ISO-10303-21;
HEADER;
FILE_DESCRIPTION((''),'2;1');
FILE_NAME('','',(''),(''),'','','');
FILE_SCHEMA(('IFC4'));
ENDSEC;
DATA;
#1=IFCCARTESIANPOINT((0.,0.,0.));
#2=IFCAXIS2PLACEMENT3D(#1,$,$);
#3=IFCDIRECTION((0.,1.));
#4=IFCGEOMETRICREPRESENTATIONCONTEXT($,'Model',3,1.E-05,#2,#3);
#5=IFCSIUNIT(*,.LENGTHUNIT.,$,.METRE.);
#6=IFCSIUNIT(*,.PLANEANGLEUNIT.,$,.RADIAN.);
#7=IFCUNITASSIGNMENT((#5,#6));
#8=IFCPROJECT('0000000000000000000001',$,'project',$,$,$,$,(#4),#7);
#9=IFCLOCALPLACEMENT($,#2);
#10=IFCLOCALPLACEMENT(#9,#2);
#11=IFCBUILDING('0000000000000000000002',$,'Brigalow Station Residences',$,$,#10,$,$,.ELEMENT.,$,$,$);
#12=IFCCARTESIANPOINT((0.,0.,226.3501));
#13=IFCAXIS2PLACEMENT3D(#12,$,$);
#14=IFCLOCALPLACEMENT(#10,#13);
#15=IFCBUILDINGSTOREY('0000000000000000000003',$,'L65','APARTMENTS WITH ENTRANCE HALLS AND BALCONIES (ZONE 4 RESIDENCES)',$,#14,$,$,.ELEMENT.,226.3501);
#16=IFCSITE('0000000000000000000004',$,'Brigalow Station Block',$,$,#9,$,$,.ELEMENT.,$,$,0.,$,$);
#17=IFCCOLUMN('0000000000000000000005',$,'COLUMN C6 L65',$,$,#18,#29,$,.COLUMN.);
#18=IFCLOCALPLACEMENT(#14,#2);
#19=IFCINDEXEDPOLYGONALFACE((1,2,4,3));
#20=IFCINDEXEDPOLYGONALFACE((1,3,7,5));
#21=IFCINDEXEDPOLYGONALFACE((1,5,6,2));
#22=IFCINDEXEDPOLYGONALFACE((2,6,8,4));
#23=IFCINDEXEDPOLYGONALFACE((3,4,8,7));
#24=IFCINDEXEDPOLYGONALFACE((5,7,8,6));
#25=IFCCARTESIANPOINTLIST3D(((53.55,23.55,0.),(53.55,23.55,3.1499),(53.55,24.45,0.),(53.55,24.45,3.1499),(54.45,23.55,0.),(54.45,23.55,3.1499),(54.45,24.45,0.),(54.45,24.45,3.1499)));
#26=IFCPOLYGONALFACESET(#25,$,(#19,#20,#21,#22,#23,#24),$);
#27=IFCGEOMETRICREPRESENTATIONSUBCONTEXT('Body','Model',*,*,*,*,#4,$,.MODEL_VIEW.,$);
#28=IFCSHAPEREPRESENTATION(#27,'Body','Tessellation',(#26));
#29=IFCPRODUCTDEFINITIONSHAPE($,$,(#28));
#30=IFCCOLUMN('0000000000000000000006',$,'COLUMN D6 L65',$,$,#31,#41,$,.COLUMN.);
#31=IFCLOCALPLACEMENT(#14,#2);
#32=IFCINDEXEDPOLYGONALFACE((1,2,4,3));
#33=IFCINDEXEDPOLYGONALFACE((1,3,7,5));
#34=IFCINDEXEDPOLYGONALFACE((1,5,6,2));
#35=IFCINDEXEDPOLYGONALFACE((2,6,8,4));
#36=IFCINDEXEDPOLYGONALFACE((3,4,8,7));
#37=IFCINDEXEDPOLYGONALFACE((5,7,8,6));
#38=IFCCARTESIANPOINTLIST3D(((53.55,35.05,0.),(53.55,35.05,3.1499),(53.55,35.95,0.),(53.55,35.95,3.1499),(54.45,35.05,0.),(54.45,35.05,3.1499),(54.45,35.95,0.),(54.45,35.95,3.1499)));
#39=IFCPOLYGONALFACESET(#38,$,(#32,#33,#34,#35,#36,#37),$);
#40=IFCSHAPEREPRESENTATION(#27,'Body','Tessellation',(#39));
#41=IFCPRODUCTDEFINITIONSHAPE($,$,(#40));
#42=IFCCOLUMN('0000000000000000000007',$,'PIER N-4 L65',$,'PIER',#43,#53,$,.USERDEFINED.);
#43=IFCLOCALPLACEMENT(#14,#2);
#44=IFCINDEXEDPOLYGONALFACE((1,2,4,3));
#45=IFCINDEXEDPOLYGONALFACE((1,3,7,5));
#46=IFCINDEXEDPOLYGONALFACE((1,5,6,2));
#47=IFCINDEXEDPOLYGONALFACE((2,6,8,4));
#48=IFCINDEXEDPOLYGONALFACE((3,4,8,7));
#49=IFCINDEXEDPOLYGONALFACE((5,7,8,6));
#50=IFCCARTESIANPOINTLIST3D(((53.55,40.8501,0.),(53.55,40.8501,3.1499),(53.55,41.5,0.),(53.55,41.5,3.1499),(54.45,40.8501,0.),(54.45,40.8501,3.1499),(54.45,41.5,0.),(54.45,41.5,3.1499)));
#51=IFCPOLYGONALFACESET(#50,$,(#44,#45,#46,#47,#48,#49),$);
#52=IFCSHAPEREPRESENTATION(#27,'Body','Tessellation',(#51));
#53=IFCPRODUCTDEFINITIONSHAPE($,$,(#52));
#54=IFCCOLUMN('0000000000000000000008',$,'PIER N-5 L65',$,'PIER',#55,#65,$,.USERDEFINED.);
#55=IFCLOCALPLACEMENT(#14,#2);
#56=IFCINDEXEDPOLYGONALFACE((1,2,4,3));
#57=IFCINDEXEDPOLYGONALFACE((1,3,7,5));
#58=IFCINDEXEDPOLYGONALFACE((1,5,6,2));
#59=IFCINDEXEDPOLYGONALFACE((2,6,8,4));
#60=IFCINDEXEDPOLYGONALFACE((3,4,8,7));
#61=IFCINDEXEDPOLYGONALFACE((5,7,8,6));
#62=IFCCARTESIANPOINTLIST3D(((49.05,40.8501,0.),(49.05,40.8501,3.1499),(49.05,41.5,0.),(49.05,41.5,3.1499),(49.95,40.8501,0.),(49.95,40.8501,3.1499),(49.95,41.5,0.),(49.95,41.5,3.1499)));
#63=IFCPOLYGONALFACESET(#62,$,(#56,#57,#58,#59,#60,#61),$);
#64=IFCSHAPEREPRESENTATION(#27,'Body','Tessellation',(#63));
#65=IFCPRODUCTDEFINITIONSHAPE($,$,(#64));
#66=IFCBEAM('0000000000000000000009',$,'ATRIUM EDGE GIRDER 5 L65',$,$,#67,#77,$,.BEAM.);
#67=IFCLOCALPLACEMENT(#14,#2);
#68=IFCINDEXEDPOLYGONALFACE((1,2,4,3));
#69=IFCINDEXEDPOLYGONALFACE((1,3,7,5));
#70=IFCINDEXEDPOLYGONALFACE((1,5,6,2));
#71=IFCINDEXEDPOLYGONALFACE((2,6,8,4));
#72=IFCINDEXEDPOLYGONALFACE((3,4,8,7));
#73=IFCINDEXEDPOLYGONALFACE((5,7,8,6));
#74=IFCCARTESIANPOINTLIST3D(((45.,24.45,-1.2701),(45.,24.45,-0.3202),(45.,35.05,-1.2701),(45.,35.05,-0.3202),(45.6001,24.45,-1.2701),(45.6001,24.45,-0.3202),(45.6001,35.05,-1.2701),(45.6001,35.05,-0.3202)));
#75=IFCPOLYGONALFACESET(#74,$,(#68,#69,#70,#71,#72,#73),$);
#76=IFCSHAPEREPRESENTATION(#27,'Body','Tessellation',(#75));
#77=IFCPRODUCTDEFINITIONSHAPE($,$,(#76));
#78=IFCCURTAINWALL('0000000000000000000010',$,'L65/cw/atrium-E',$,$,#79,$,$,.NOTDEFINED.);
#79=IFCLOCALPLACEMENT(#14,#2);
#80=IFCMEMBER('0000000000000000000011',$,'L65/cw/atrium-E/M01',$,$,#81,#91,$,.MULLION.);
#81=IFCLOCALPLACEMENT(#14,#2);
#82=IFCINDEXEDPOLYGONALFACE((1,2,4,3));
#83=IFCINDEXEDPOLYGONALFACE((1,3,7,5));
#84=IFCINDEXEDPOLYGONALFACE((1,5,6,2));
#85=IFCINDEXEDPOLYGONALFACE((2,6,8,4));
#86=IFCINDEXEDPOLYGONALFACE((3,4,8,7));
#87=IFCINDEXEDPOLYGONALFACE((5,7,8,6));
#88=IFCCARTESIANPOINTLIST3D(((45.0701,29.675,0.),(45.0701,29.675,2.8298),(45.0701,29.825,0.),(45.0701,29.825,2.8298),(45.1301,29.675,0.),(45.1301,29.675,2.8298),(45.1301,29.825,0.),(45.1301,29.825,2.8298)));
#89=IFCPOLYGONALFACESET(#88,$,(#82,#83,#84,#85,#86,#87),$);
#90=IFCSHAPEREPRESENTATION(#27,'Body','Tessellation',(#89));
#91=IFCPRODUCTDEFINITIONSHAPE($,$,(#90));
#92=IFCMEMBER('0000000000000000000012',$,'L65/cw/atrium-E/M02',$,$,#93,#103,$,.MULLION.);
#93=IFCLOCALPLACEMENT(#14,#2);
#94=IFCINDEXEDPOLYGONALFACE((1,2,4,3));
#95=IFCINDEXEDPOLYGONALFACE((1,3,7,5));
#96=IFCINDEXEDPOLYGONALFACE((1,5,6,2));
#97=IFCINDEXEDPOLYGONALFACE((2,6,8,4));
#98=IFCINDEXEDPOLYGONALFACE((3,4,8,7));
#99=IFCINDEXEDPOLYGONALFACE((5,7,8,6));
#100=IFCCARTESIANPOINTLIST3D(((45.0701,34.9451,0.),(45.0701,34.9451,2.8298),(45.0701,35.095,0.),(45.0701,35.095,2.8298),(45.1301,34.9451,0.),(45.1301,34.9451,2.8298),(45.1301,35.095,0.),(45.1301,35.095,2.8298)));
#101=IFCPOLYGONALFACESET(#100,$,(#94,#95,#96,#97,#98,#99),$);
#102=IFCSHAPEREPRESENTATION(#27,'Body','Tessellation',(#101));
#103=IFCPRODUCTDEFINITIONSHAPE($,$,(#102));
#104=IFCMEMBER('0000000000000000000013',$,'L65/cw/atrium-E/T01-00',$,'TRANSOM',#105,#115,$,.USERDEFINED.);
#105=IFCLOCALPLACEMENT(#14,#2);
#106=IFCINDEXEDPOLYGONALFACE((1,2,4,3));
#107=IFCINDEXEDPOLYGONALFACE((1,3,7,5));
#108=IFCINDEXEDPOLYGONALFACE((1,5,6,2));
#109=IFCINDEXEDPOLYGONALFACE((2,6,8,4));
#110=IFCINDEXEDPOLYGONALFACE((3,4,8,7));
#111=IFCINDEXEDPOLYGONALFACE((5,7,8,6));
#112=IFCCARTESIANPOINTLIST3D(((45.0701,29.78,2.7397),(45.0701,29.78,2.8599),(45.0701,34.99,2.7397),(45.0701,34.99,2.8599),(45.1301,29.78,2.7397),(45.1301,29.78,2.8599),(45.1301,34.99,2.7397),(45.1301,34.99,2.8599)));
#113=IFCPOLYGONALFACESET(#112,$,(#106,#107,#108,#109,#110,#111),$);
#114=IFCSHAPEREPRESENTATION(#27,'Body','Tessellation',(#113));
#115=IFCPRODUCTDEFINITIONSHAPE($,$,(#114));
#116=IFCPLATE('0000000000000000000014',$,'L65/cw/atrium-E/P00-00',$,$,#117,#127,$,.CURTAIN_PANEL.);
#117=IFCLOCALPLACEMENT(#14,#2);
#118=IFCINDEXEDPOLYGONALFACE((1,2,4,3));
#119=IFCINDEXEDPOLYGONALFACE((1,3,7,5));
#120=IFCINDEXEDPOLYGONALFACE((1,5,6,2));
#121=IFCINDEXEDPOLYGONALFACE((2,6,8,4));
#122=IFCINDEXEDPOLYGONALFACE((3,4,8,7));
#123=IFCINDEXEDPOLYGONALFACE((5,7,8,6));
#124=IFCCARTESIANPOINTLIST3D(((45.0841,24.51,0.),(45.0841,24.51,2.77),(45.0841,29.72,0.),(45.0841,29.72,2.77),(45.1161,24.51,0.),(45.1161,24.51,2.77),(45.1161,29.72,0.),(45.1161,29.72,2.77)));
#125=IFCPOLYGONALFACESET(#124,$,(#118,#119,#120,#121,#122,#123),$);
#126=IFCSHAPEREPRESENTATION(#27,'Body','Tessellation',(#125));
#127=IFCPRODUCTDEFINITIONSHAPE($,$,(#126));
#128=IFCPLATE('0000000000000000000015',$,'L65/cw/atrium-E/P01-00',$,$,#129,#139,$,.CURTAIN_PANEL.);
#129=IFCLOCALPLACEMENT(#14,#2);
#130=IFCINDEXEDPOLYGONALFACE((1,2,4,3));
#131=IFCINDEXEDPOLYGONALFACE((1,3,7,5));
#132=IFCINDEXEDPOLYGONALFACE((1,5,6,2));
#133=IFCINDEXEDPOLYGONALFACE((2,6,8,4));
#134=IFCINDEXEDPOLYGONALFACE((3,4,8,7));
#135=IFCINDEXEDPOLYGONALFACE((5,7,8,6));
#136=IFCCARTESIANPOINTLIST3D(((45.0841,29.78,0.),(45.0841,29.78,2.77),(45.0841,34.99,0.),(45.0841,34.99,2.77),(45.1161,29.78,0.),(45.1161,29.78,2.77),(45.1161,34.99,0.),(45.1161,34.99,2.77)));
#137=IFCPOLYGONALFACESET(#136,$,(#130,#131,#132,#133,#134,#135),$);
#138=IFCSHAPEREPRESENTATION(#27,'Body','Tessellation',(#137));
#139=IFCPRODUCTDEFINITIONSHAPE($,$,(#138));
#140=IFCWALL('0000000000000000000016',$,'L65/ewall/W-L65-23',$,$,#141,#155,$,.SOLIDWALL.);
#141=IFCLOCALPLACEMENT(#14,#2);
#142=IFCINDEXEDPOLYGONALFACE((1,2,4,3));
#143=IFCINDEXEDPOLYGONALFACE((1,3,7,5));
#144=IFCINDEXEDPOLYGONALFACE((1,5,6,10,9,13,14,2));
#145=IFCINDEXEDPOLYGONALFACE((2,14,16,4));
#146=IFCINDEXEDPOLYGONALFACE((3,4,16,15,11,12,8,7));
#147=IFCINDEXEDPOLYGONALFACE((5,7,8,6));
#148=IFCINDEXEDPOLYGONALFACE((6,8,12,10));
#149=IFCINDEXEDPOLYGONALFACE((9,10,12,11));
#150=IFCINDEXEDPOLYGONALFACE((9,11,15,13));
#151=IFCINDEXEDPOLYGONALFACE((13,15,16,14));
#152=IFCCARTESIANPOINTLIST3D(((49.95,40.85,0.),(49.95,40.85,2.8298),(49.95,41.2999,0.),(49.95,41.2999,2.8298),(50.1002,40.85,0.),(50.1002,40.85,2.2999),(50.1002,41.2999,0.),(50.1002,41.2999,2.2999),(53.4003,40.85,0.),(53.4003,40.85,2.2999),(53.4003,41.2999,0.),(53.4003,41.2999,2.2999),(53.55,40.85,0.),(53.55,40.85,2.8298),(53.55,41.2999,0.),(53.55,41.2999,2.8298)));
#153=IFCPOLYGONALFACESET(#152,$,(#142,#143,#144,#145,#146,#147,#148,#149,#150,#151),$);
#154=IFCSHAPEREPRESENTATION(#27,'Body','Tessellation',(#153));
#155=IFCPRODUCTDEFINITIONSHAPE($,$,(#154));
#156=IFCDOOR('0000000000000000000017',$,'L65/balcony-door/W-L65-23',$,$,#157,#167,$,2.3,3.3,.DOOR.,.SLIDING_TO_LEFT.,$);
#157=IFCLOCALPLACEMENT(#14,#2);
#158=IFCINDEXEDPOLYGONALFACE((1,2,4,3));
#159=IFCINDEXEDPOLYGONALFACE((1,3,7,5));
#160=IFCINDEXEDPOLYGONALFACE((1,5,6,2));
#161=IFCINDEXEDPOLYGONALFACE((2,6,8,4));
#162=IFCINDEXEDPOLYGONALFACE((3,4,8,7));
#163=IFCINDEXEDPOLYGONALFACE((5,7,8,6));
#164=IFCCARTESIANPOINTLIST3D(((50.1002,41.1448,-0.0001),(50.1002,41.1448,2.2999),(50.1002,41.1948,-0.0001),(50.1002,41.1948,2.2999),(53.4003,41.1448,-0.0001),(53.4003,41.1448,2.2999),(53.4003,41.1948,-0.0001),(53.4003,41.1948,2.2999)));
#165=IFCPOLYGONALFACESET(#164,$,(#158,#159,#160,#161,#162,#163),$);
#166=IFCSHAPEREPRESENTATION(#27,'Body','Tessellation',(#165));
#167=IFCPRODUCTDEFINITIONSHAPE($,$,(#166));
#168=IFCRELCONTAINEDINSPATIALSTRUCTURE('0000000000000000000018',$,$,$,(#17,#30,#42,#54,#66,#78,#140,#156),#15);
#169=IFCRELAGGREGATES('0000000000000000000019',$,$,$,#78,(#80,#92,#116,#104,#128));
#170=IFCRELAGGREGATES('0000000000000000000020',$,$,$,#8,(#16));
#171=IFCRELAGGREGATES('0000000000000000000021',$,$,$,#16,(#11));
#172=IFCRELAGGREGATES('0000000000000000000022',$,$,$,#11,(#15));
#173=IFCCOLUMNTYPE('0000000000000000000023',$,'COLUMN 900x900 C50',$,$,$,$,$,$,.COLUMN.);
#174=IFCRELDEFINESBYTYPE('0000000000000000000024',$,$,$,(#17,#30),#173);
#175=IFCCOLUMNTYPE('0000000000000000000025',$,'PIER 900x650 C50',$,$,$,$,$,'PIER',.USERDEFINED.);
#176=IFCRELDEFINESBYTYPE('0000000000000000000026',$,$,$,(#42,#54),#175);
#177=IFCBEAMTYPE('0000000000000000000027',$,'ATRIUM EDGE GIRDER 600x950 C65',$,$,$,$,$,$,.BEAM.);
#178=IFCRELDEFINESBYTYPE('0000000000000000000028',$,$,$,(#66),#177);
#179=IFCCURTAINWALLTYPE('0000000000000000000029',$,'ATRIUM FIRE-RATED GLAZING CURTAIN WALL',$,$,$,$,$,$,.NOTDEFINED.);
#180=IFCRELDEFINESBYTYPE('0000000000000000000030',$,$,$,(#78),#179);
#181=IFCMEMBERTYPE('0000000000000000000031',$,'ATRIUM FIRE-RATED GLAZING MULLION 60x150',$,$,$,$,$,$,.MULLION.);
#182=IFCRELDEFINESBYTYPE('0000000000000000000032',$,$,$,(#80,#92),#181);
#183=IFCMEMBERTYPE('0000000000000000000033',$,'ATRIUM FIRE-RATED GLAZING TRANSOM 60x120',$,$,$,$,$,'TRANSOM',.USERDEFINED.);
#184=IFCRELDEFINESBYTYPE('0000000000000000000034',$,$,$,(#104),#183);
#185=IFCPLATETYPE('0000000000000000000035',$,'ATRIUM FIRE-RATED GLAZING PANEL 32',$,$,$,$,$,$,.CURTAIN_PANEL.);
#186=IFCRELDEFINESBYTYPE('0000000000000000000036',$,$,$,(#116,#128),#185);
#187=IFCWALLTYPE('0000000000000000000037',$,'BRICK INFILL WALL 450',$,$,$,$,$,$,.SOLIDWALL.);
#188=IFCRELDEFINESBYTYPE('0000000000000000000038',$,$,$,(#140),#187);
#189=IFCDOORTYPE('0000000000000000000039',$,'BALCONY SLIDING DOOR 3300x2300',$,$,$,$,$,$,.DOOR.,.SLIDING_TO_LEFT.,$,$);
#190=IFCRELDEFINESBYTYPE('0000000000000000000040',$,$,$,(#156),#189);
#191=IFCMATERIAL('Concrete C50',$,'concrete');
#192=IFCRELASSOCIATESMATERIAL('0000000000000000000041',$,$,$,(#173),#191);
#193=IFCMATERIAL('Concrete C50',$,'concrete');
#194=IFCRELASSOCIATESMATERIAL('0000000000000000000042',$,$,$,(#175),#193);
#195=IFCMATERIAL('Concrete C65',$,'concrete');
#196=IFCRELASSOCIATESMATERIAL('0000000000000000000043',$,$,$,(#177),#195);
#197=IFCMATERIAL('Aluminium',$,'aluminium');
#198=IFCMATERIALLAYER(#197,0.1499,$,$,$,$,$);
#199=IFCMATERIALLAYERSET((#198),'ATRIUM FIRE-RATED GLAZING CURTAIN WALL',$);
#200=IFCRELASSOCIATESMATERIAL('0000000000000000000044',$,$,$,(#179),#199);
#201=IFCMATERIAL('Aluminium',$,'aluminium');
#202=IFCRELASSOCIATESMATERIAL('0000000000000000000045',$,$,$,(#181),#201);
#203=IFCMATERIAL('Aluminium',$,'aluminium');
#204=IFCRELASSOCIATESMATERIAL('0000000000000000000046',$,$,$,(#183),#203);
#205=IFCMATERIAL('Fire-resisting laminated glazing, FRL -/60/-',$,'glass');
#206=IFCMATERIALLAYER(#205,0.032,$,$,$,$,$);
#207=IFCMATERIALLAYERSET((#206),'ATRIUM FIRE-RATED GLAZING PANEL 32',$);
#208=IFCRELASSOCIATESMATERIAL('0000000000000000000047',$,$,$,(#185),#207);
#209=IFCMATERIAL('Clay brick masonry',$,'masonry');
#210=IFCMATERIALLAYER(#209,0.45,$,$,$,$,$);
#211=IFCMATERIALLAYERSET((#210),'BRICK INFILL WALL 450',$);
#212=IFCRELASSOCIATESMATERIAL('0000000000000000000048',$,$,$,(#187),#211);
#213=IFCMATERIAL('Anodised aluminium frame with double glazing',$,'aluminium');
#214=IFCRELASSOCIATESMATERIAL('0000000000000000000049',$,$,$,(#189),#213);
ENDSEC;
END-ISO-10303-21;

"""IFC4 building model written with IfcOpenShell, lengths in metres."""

from ifc_helpers import new_model, si_unit, direction, frame, frame_2d, origin, origin_2d, place, context, subcontext, project, spatial, rectangle, extrude, material, layer, layer_set, material_profile, profile_set, type_object, element, fill, aggregate, save


model = new_model("IFC4")

# Units and contexts
model_context = context("Model", 3, precision=1e-05, world=origin(), true_north=direction((0.0, 1.0)))
body_context = subcontext(model_context, "Body", "Model", "MODEL_VIEW")
ifc_project = project(units=[si_unit("LENGTHUNIT", "METRE"), si_unit("PLANEANGLEUNIT", "RADIAN")], contexts=[model_context])

# Site, building, storey
site_placement = place(None, origin())
site = spatial("IfcSite", under=ifc_project, at=site_placement, Name="Brigalow Station Block", CompositionType="ELEMENT", RefElevation=0.0)
building_placement = place(site_placement, origin())
building = spatial("IfcBuilding", under=site, at=building_placement, Name="Brigalow Station Residences", CompositionType="ELEMENT")
storey_placement = place(building_placement, frame((0.0, 0.0, 226.3501)))
storey = spatial("IfcBuildingStorey", under=building, at=storey_placement, Name="L65", Description="APARTMENTS WITH ENTRANCE HALLS AND BALCONIES (ZONE 4 RESIDENCES)", CompositionType="ELEMENT", Elevation=226.3501)

# Columns
ifc_material_1 = material(Name="Concrete C50", Category="concrete")
ifc_material_profile_1 = material_profile(ifc_material_1, rectangle(XDim=0.8999, YDim=0.8999, at=origin_2d()), Name="RC900x900")
ifc_profile_set_1 = profile_set([ifc_material_profile_1], Name="Concrete C50")
column_type_1 = type_object("IfcColumnType", Name="COLUMN 900x900 C50", PredefinedType="COLUMN", material=ifc_profile_set_1)
for number, where, z_axis, x_axis, name in (
    (1, (54.0, 24.0, 0.0), (0.0, 0.0, 1.0), (1.0, 0.0, 0.0), "COLUMN C6 L65"),
    (2, (54.0, 35.5, 0.0), (0.0, 0.0, 1.0), (1.0, 0.0, 0.0), "COLUMN D6 L65"),
):
    element("IfcColumn", number, at=place(storey_placement, frame(where, z_axis=z_axis, x_axis=x_axis)), inside=storey, type_object=column_type_1, Name=name, PredefinedType="COLUMN", context=body_context, shape_type="SweptSolid", body=[
        extrude(rectangle(XDim=0.8999, YDim=0.8999, at=origin_2d()), origin(), (0.0, 0.0, 1.0), 3.1499),
    ])
ifc_material_2 = material(Name="Concrete C50", Category="concrete")
ifc_material_profile_2 = material_profile(ifc_material_2, rectangle(XDim=0.8999, YDim=0.6499, at=origin_2d()), Name="RC900x650")
ifc_profile_set_2 = profile_set([ifc_material_profile_2], Name="Concrete C50")
column_type_2 = type_object("IfcColumnType", Name="PIER 900x650 C50", ElementType="PIER", PredefinedType="USERDEFINED", material=ifc_profile_set_2)
for number, where, z_axis, x_axis, name in (
    (3, (54.0, 41.175, 0.0), (0.0, 0.0, 1.0), (-1.0, 0.0, 0.0), "PIER N-4 L65"),
    (4, (49.5, 41.175, 0.0), (0.0, 0.0, 1.0), (-1.0, 0.0, 0.0), "PIER N-5 L65"),
):
    element("IfcColumn", number, at=place(storey_placement, frame(where, z_axis=z_axis, x_axis=x_axis)), inside=storey, type_object=column_type_2, Name=name, ObjectType="PIER", PredefinedType="USERDEFINED", context=body_context, shape_type="SweptSolid", body=[
        extrude(rectangle(XDim=0.8999, YDim=0.6499, at=origin_2d()), origin(), (0.0, 0.0, 1.0), 3.1499),
    ])

# Beam
ifc_material_3 = material(Name="Concrete C65", Category="concrete")
ifc_material_profile_3 = material_profile(ifc_material_3, rectangle(XDim=0.6001, YDim=0.95, at=origin_2d()), Name="RC600x950")
ifc_profile_set_3 = profile_set([ifc_material_profile_3], Name="Concrete C65")
beam_type = type_object("IfcBeamType", Name="ATRIUM EDGE GIRDER 600x950 C65", PredefinedType="BEAM", material=ifc_profile_set_3)
beam_placement = place(storey_placement, frame((45.3, 24.45, -0.7952), z_axis=(0.0, 1.0, 0.0), x_axis=(-1.0, 0.0, 0.0)))
element("IfcBeam", 5, at=beam_placement, inside=storey, type_object=beam_type, Name="ATRIUM EDGE GIRDER 5 L65", PredefinedType="BEAM", context=body_context, shape_type="SweptSolid", body=[
    extrude(rectangle(XDim=0.6001, YDim=0.95, at=origin_2d()), origin(), (0.0, 0.0, 1.0), 10.6001),
])

# Curtain wall, members, plates
ifc_material_4 = material(Name="Aluminium", Category="aluminium")
ifc_layer_1 = layer(ifc_material_4, 0.1499)
ifc_layer_set_1 = layer_set([ifc_layer_1], Name="ATRIUM FIRE-RATED GLAZING CURTAIN WALL")
curtain_wall_type = type_object("IfcCurtainWallType", Name="ATRIUM FIRE-RATED GLAZING CURTAIN WALL", PredefinedType="NOTDEFINED", material=ifc_layer_set_1)
curtain_wall_placement = place(storey_placement, origin())
curtain_wall = element("IfcCurtainWall", 6, at=curtain_wall_placement, inside=storey, type_object=curtain_wall_type, Name="L65/cw/atrium-E", PredefinedType="NOTDEFINED")
ifc_material_5 = material(Name="Aluminium", Category="aluminium")
ifc_material_profile_4 = material_profile(ifc_material_5, rectangle(XDim=0.0601, YDim=0.1499, at=origin_2d()), Name="ATRIUM FIRE-RATED GLAZING MULLION 60x150")
ifc_profile_set_4 = profile_set([ifc_material_profile_4], Name="Aluminium")
member_type_1 = type_object("IfcMemberType", Name="ATRIUM FIRE-RATED GLAZING MULLION 60x150", PredefinedType="MULLION", material=ifc_profile_set_4)
member_1_placement = place(storey_placement, frame((45.1001, 29.75, 0.0), z_axis=(0.0, 0.0, 1.0), x_axis=(-1.0, 0.0, 0.0)))
member_1 = element("IfcMember", 7, at=member_1_placement, type_object=member_type_1, Name="L65/cw/atrium-E/M01", PredefinedType="MULLION", context=body_context, shape_type="SweptSolid", body=[
    extrude(rectangle(XDim=0.0601, YDim=0.1499, at=origin_2d()), origin(), (0.0, 0.0, 1.0), 2.8298),
])
member_2_placement = place(storey_placement, frame((45.1001, 35.02, 0.0), z_axis=(0.0, 0.0, 1.0), x_axis=(-1.0, 0.0, 0.0)))
member_2 = element("IfcMember", 8, at=member_2_placement, type_object=member_type_1, Name="L65/cw/atrium-E/M02", PredefinedType="MULLION", context=body_context, shape_type="SweptSolid", body=[
    extrude(rectangle(XDim=0.0601, YDim=0.1499, at=origin_2d()), origin(), (0.0, 0.0, 1.0), 2.8298),
])
ifc_material_6 = material(Name="Aluminium", Category="aluminium")
ifc_material_profile_5 = material_profile(ifc_material_6, rectangle(XDim=0.0601, YDim=0.1201, at=origin_2d()), Name="ATRIUM FIRE-RATED GLAZING TRANSOM 60x120")
ifc_profile_set_5 = profile_set([ifc_material_profile_5], Name="Aluminium")
member_type_2 = type_object("IfcMemberType", Name="ATRIUM FIRE-RATED GLAZING TRANSOM 60x120", ElementType="TRANSOM", PredefinedType="USERDEFINED", material=ifc_profile_set_5)
member_3_placement = place(storey_placement, frame((45.1001, 29.78, 2.7998), z_axis=(0.0, 1.0, 0.0), x_axis=(-1.0, 0.0, 0.0)))
member_3 = element("IfcMember", 9, at=member_3_placement, type_object=member_type_2, Name="L65/cw/atrium-E/T01-00", ObjectType="TRANSOM", PredefinedType="USERDEFINED", context=body_context, shape_type="SweptSolid", body=[
    extrude(rectangle(XDim=0.0601, YDim=0.1201, at=origin_2d()), origin(), (0.0, 0.0, 1.0), 5.21),
])
ifc_material_7 = material(Name="Fire-resisting laminated glazing, FRL -/60/-", Category="glass")
ifc_layer_2 = layer(ifc_material_7, 0.032)
ifc_layer_set_2 = layer_set([ifc_layer_2], Name="ATRIUM FIRE-RATED GLAZING PANEL 32")
plate_type = type_object("IfcPlateType", Name="ATRIUM FIRE-RATED GLAZING PANEL 32", PredefinedType="CURTAIN_PANEL", material=ifc_layer_set_2)
plate_1_placement = place(storey_placement, frame((45.1001, 27.115, 0.0), z_axis=(0.0, 0.0, 1.0), x_axis=(0.0, 1.0, 0.0)))
plate_1 = element("IfcPlate", 10, at=plate_1_placement, type_object=plate_type, Name="L65/cw/atrium-E/P00-00", PredefinedType="CURTAIN_PANEL", context=body_context, shape_type="SweptSolid", body=[
    extrude(rectangle(XDim=5.21, YDim=0.032, at=origin_2d()), origin(), (0.0, 0.0, 1.0), 2.77),
])
plate_2_placement = place(storey_placement, frame((45.1001, 32.385, 0.0), z_axis=(0.0, 0.0, 1.0), x_axis=(0.0, 1.0, 0.0)))
plate_2 = element("IfcPlate", 11, at=plate_2_placement, type_object=plate_type, Name="L65/cw/atrium-E/P01-00", PredefinedType="CURTAIN_PANEL", context=body_context, shape_type="SweptSolid", body=[
    extrude(rectangle(XDim=5.21, YDim=0.032, at=origin_2d()), origin(), (0.0, 0.0, 1.0), 2.77),
])
aggregate(curtain_wall, [member_1, member_2, plate_1, member_3, plate_2])

# Wall, opening, door
ifc_material_8 = material(Name="Clay brick masonry", Category="masonry")
ifc_layer_3 = layer(ifc_material_8, 0.45)
ifc_layer_set_3 = layer_set([ifc_layer_3], Name="BRICK INFILL WALL 450")
wall_type_1 = type_object("IfcWallType", Name="BRICK INFILL WALL 450", PredefinedType="SOLIDWALL", material=ifc_layer_set_3)
wall_1_placement = place(storey_placement, frame((53.55, 41.075, 0.0), z_axis=(0.0, 0.0, 1.0), x_axis=(-1.0, 0.0, 0.0)))
wall_1 = element("IfcWall", 12, at=wall_1_placement, inside=storey, type_object=wall_type_1, Name="L65/ewall/W-L65-23", PredefinedType="SOLIDWALL", context=body_context, shape_type="SweptSolid", body=[
    extrude(rectangle(XDim=3.6001, YDim=0.45, at=frame_2d((1.8, 0.0))), origin(), (0.0, 0.0, 1.0), 2.8298),
])
opening_1_placement = place(wall_1_placement, frame((0.1499, 0.0, 0.0)))
opening_1 = element("IfcOpeningElement", 13, at=opening_1_placement, cuts=wall_1, PredefinedType="OPENING", context=body_context, shape_type="SweptSolid", body=[
    extrude(rectangle(XDim=3.3, YDim=2.3, at=frame_2d((1.6499, 1.1499))), frame((0.0, 0.2349, 0.0), z_axis=(0.0, -1.0, 0.0), x_axis=(1.0, 0.0, 0.0)), (0.0, 0.0, 1.0), 0.47),
])
ifc_material_9 = material(Name="Anodised aluminium frame with double glazing", Category="aluminium")
door_type_1 = type_object("IfcDoorType", Name="BALCONY SLIDING DOOR 3300x2300", OperationType="SLIDING_TO_LEFT", PredefinedType="DOOR", material=ifc_material_9)
door_1_placement = place(opening_1_placement, origin())
door_1 = element("IfcDoor", 14, at=door_1_placement, inside=storey, type_object=door_type_1, Name="L65/balcony-door/W-L65-23", OperationType="SLIDING_TO_LEFT", OverallHeight=2.3, OverallWidth=3.3, PredefinedType="DOOR", context=body_context, shape_type="SweptSolid", body=[
    extrude(rectangle(XDim=3.3, YDim=2.3, at=frame_2d((1.6499, 1.1499))), frame((0.0, -0.0698, 0.0), z_axis=(0.0, -1.0, 0.0), x_axis=(1.0, 0.0, 0.0)), (0.0, 0.0, 1.0), 0.05),
])
fill(opening_1, door_1)

save(model, "model.ifc")
